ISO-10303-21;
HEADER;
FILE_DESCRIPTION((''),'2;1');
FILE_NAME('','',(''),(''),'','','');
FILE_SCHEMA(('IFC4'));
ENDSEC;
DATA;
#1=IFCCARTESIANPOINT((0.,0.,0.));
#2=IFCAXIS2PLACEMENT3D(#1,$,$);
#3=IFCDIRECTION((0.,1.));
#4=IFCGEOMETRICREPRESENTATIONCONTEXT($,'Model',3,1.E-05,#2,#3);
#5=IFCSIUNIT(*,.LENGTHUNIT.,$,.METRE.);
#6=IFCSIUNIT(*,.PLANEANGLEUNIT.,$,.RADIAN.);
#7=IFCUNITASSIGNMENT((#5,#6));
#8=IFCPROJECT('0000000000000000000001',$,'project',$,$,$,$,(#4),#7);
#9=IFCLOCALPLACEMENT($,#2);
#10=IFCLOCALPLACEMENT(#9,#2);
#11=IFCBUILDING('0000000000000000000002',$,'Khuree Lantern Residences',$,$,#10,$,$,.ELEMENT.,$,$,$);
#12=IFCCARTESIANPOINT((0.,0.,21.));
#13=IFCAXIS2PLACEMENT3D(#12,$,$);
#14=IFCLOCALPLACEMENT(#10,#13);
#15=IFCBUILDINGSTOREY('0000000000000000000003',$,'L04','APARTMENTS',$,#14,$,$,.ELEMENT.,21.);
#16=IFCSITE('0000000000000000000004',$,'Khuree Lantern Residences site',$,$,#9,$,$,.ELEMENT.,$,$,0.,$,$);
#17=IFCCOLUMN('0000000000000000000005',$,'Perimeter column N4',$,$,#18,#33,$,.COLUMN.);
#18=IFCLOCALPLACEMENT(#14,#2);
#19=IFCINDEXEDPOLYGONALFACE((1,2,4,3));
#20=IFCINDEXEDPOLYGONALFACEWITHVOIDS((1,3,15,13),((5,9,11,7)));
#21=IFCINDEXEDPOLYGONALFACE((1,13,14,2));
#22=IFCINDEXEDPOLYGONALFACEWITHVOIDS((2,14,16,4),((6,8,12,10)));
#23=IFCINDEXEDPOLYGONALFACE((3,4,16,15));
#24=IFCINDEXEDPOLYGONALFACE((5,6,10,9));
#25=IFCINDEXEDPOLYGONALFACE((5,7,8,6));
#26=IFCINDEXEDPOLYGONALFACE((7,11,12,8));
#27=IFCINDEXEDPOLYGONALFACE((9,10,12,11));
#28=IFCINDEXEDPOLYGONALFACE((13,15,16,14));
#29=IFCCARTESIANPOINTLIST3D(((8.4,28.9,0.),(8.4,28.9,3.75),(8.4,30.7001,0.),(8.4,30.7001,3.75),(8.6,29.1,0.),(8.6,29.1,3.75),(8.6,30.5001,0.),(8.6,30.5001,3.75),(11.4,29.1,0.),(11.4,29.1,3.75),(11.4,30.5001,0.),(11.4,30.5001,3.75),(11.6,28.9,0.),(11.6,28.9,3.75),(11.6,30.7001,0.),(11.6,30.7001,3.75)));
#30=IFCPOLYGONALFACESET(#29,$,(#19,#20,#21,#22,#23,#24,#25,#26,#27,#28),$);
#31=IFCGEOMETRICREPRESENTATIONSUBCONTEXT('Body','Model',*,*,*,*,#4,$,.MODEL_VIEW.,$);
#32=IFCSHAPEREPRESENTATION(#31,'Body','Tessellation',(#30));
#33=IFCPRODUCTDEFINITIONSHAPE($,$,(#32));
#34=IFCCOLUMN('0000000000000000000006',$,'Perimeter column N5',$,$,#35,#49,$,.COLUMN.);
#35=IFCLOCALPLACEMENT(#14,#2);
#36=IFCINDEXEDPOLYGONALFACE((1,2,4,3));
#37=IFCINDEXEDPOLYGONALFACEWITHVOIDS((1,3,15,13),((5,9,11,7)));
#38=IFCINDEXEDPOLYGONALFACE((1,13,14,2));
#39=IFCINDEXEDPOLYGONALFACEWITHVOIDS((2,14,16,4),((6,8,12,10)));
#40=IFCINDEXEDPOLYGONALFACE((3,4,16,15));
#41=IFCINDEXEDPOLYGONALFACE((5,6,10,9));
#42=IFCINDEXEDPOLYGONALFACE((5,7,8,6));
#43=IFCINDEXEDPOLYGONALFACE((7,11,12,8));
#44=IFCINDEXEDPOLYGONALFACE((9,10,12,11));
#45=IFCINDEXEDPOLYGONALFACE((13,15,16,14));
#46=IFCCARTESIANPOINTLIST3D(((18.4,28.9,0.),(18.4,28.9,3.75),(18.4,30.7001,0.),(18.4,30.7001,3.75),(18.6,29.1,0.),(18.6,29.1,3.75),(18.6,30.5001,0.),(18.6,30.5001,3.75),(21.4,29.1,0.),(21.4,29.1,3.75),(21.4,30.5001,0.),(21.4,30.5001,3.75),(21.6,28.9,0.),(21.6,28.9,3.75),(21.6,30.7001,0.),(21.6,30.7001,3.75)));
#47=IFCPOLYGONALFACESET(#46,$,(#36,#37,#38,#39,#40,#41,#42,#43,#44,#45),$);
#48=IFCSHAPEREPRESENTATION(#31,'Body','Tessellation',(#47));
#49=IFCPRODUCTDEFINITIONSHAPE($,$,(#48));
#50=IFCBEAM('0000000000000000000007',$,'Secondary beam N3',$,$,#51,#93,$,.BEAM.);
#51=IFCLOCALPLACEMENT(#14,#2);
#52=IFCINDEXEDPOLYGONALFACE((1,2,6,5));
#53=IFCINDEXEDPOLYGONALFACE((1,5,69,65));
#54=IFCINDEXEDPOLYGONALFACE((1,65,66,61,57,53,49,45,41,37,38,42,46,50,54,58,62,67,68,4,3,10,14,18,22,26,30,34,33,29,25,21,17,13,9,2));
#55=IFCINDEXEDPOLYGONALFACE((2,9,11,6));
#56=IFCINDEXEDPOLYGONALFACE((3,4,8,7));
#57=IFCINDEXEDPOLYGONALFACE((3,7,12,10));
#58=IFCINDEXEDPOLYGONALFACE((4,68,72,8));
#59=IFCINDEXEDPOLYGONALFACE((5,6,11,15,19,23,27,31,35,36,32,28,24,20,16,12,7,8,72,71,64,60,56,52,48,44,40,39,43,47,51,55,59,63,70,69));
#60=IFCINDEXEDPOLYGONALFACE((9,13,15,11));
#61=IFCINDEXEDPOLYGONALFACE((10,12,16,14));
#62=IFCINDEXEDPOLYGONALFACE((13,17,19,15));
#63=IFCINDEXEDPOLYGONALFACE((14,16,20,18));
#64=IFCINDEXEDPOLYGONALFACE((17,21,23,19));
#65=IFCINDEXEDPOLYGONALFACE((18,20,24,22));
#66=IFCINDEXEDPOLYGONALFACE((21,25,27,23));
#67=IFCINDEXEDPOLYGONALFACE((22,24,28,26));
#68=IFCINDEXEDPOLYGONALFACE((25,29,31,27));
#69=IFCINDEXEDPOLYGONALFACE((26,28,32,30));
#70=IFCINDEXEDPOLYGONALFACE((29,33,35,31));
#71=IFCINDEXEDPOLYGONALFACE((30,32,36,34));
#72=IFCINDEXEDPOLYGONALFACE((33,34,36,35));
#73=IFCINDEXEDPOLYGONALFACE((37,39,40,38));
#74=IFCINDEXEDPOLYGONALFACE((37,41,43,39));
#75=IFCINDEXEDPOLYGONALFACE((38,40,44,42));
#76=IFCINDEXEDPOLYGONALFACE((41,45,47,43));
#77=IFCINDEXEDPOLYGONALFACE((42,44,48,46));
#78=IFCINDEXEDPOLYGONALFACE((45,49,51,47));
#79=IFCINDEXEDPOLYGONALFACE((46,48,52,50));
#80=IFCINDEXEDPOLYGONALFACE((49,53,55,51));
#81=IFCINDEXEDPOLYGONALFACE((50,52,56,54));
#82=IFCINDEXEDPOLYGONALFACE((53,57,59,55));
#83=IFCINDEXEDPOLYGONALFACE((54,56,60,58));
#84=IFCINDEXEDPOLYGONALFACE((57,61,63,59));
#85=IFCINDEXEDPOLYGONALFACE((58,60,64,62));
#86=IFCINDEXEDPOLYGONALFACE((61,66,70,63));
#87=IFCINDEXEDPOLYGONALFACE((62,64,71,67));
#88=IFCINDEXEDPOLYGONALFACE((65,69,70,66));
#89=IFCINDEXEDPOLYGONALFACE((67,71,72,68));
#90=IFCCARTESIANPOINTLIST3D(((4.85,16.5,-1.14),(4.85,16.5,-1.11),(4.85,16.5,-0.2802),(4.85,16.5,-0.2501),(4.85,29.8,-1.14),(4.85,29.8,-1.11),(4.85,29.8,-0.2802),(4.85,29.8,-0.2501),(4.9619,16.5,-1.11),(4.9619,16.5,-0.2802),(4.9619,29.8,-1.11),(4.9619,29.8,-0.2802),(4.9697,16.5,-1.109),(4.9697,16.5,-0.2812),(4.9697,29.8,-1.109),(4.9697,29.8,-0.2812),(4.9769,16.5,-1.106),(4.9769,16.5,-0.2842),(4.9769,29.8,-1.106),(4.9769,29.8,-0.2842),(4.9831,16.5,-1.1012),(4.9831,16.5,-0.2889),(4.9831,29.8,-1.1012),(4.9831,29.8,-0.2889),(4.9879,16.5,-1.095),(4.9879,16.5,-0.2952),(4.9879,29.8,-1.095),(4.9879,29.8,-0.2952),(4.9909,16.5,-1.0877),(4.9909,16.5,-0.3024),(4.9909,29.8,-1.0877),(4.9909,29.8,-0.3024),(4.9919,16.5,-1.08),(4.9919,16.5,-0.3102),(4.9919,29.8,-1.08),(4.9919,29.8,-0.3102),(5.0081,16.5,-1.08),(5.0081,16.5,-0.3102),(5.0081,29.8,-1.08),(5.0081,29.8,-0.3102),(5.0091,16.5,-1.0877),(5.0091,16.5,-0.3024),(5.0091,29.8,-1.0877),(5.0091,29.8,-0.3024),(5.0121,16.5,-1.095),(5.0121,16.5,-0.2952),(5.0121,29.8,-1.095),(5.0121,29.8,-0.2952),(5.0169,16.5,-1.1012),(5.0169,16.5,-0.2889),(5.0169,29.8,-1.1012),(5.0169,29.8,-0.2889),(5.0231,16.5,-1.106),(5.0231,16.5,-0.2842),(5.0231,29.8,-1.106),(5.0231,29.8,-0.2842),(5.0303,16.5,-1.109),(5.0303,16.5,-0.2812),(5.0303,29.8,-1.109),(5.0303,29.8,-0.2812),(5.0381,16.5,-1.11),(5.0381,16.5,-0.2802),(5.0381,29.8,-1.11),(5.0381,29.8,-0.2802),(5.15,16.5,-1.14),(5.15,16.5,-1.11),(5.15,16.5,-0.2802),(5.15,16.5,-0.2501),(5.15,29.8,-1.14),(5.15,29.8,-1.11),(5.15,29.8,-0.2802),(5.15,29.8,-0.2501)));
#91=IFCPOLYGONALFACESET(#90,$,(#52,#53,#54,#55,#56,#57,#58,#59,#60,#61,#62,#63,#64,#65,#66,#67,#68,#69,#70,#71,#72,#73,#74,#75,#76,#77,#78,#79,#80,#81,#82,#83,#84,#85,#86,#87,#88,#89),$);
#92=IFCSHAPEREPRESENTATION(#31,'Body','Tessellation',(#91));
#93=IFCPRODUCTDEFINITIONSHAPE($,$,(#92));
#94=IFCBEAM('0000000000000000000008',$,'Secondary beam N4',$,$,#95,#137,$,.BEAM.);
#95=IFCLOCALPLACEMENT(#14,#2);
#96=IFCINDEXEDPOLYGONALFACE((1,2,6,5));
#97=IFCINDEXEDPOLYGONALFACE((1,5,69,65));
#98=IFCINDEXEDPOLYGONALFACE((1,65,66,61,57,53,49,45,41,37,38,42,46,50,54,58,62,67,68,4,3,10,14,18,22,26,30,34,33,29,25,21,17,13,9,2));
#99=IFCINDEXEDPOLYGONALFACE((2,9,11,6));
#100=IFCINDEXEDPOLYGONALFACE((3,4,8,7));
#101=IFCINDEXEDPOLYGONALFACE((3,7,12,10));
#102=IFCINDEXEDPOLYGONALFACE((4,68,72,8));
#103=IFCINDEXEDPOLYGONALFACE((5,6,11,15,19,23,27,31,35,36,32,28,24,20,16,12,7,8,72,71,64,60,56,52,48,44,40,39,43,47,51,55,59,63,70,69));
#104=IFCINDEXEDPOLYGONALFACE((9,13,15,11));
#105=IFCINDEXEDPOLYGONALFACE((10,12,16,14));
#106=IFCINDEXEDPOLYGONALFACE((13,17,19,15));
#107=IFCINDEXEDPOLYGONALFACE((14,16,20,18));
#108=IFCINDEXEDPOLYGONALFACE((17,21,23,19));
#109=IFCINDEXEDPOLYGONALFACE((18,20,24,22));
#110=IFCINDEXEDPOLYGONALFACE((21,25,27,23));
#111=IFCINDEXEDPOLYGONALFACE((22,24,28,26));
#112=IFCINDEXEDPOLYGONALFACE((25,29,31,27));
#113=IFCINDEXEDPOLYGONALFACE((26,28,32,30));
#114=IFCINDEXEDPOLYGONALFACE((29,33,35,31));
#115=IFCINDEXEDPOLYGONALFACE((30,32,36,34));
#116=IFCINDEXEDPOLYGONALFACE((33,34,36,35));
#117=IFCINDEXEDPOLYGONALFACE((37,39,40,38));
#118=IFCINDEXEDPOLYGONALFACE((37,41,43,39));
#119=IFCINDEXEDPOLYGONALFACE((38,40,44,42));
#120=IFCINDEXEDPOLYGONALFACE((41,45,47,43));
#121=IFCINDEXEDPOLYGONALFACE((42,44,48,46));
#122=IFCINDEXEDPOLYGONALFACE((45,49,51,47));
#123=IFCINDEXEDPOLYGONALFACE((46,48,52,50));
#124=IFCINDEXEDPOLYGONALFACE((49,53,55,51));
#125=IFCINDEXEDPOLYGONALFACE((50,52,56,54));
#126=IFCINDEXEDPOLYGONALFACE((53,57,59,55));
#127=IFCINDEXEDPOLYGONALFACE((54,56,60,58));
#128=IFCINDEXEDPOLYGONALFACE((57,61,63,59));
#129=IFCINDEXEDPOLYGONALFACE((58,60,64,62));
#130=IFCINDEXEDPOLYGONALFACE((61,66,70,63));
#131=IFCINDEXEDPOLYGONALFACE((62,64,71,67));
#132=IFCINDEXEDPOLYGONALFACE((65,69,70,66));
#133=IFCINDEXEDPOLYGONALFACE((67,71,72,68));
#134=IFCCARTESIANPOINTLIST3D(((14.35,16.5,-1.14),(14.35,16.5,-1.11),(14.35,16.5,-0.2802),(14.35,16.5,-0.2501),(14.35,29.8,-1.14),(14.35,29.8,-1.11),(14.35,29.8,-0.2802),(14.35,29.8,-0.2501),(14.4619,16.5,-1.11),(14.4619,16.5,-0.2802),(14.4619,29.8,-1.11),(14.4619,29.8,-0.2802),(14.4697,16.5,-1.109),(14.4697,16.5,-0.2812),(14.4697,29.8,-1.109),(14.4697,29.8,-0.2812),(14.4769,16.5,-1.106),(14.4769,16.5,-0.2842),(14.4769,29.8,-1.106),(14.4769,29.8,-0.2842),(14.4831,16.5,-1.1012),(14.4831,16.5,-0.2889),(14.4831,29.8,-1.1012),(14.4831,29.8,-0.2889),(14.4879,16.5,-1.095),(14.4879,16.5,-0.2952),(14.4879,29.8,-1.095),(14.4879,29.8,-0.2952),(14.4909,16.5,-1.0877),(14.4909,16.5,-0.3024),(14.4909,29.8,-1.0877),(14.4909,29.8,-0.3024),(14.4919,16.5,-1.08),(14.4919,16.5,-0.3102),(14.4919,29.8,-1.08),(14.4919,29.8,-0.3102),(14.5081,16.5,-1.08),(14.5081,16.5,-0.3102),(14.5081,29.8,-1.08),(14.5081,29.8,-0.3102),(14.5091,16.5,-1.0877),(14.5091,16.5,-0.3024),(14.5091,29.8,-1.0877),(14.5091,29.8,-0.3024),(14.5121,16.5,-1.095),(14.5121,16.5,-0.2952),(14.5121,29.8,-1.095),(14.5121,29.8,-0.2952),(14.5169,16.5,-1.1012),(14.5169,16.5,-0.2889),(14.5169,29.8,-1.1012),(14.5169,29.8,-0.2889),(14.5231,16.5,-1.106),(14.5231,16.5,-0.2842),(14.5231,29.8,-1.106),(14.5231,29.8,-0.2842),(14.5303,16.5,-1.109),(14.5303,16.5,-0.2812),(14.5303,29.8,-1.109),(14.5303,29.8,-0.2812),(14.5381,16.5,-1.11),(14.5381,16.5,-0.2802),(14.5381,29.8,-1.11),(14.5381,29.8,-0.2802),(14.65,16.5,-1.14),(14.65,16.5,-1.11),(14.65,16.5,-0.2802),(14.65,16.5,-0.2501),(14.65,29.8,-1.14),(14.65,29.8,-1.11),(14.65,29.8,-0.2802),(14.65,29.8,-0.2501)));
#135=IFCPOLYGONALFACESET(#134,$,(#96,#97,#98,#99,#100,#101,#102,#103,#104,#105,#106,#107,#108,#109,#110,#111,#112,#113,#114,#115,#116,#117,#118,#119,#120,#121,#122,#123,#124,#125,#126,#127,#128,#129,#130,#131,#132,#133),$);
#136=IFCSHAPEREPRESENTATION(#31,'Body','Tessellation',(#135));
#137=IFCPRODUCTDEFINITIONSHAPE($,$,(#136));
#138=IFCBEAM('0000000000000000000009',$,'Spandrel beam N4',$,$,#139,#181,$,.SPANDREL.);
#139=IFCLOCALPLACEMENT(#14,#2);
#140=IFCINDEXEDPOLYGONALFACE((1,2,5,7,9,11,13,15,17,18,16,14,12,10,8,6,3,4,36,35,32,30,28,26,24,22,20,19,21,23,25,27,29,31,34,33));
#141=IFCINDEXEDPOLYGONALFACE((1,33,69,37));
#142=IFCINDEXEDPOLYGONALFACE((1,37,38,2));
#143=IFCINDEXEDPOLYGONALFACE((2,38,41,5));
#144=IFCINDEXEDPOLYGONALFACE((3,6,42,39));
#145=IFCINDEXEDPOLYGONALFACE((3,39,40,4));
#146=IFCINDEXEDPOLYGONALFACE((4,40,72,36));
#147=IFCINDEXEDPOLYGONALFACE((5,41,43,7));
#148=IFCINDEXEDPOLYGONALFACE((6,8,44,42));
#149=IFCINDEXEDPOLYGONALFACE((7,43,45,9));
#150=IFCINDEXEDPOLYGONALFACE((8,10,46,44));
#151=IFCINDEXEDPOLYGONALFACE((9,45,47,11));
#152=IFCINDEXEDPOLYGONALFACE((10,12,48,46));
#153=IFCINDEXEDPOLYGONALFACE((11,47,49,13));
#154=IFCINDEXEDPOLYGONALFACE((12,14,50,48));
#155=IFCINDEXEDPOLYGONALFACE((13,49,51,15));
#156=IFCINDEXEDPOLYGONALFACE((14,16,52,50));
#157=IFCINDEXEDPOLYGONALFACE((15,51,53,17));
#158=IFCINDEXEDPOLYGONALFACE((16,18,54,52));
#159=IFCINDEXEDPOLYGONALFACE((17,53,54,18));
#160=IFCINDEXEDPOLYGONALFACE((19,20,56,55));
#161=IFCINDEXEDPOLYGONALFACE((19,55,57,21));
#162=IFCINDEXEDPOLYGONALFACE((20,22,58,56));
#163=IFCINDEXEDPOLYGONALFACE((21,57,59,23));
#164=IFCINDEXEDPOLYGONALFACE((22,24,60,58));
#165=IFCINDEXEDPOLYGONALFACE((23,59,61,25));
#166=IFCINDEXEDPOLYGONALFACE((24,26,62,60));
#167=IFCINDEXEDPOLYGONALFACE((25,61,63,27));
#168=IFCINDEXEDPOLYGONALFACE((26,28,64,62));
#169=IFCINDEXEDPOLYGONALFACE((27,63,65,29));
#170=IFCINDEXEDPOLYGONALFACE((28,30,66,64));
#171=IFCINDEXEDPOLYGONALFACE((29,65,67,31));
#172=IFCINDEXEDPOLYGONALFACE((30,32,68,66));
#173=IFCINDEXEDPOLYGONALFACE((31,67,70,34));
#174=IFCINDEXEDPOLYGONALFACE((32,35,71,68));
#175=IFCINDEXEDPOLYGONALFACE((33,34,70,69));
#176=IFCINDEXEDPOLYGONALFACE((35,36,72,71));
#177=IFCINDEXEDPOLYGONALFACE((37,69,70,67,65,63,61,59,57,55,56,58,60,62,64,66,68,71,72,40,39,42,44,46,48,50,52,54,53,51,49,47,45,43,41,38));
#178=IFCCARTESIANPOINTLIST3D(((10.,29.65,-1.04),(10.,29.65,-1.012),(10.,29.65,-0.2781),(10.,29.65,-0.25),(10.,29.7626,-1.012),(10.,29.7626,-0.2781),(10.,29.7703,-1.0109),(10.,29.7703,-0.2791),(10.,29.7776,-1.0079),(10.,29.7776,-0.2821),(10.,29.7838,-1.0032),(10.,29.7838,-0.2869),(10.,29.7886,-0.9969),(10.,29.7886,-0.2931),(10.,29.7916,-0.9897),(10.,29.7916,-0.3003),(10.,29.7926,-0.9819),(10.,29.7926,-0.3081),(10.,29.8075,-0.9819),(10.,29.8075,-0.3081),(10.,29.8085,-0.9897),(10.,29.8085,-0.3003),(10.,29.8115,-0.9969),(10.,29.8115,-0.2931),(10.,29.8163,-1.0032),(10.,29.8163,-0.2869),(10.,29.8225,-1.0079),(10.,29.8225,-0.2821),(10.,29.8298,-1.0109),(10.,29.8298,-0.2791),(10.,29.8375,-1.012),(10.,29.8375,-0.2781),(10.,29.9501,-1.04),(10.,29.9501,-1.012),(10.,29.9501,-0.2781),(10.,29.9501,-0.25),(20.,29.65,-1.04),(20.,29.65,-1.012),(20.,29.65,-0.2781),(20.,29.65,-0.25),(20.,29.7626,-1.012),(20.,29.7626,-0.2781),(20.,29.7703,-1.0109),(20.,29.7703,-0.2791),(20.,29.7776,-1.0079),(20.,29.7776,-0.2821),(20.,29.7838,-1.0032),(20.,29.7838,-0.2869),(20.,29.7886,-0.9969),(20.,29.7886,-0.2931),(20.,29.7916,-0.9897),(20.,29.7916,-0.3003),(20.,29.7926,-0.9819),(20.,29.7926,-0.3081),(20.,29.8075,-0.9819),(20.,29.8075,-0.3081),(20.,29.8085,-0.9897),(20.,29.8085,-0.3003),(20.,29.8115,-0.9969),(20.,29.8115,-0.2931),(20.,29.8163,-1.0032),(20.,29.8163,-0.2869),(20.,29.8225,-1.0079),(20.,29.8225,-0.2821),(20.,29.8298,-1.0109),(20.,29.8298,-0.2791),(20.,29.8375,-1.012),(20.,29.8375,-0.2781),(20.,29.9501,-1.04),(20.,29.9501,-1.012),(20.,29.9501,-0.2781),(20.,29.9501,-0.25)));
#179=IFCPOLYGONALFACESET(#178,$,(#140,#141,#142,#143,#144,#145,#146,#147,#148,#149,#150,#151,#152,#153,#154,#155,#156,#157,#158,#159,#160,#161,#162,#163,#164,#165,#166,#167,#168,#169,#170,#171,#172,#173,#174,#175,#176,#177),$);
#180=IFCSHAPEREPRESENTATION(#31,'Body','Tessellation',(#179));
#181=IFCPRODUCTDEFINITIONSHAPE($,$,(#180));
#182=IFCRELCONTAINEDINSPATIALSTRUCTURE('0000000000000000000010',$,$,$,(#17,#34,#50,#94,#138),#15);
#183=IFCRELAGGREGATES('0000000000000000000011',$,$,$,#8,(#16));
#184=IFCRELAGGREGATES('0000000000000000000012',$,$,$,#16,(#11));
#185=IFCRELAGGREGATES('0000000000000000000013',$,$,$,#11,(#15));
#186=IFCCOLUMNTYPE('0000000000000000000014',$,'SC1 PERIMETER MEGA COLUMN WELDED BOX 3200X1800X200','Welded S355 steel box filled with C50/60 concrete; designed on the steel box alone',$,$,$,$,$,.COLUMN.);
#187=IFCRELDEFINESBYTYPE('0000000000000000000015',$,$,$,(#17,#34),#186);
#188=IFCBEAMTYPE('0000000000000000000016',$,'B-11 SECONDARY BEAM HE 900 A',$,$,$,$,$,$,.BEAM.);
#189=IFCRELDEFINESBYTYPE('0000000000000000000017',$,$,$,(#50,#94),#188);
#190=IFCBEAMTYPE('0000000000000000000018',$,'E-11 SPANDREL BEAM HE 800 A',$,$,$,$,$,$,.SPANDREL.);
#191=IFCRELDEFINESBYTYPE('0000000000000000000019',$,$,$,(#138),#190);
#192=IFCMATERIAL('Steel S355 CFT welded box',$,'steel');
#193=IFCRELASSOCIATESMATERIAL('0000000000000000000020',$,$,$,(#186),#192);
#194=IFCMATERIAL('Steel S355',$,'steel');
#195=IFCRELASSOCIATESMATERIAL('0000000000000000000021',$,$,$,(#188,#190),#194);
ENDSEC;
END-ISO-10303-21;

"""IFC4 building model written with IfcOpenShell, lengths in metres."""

from ifc_helpers import new_model, si_unit, direction, frame, origin, origin_2d, place, context, subcontext, project, spatial, hollow_rectangle, i_section, extrude, material, material_profile, profile_set, type_object, element, save


model = new_model("IFC4")

# Units and contexts
model_context = context("Model", 3, precision=1e-05, world=origin(), true_north=direction((0.0, 1.0)))
body_context = subcontext(model_context, "Body", "Model", "MODEL_VIEW")
ifc_project = project(units=[si_unit("LENGTHUNIT", "METRE"), si_unit("PLANEANGLEUNIT", "RADIAN")], contexts=[model_context])

# Site, building, storey
site_placement = place(None, origin())
site = spatial("IfcSite", under=ifc_project, at=site_placement, Name="Khuree Lantern Residences site", CompositionType="ELEMENT", RefElevation=0.0)
building_placement = place(site_placement, origin())
building = spatial("IfcBuilding", under=site, at=building_placement, Name="Khuree Lantern Residences", CompositionType="ELEMENT")
storey_placement = place(building_placement, frame((0.0, 0.0, 21.0)))
storey = spatial("IfcBuildingStorey", under=building, at=storey_placement, Name="L04", Description="APARTMENTS", CompositionType="ELEMENT", Elevation=21.0)

# Columns
ifc_material_1 = material(Name="Steel S355 CFT welded box", Category="steel")
ifc_material_profile_1 = material_profile(ifc_material_1, hollow_rectangle(XDim=3.2, YDim=1.8, WallThickness=0.2, at=origin_2d()), Name="WELDED BOX 3200X1800X200")
ifc_profile_set_1 = profile_set([ifc_material_profile_1], Name="Steel S355 CFT welded box")
column_type = type_object("IfcColumnType", Name="SC1 PERIMETER MEGA COLUMN WELDED BOX 3200X1800X200", Description="Welded S355 steel box filled with C50/60 concrete; designed on the steel box alone", PredefinedType="COLUMN", material=ifc_profile_set_1)
for number, where, z_axis, x_axis, name in (
    (1, (10.0, 29.8, 0.0), (0.0, 0.0, 1.0), (1.0, 0.0, 0.0), "Perimeter column N4"),
    (2, (20.0, 29.8, 0.0), (0.0, 0.0, 1.0), (1.0, 0.0, 0.0), "Perimeter column N5"),
):
    element("IfcColumn", number, at=place(storey_placement, frame(where, z_axis=z_axis, x_axis=x_axis)), inside=storey, type_object=column_type, Name=name, PredefinedType="COLUMN", context=body_context, shape_type="SweptSolid", body=[
        extrude(hollow_rectangle(XDim=3.2, YDim=1.8, WallThickness=0.2, at=origin_2d()), origin(), (0.0, 0.0, 1.0), 3.75),
    ])

# Beams
ifc_material_2 = material(Name="Steel S355", Category="steel")
ifc_material_profile_2 = material_profile(ifc_material_2, i_section(OverallWidth=0.3, OverallDepth=0.8899, WebThickness=0.0161, FlangeThickness=0.03, FilletRadius=0.03, at=origin_2d()), Name="HE 900 A")
ifc_profile_set_2 = profile_set([ifc_material_profile_2], Name="Steel S355")
beam_type_1 = type_object("IfcBeamType", Name="B-11 SECONDARY BEAM HE 900 A", PredefinedType="BEAM", material=ifc_profile_set_2)
for number, where, z_axis, x_axis, name in (
    (3, (5.0, 29.8, -0.6951), (0.0, -1.0, 0.0), (1.0, 0.0, 0.0), "Secondary beam N3"),
    (4, (14.5, 29.8, -0.6951), (0.0, -1.0, 0.0), (1.0, 0.0, 0.0), "Secondary beam N4"),
):
    element("IfcBeam", number, at=place(storey_placement, frame(where, z_axis=z_axis, x_axis=x_axis)), inside=storey, type_object=beam_type_1, Name=name, PredefinedType="BEAM", context=body_context, shape_type="SweptSolid", body=[
        extrude(i_section(OverallWidth=0.3, OverallDepth=0.8899, WebThickness=0.0161, FlangeThickness=0.03, FilletRadius=0.03, at=origin_2d()), origin(), (0.0, 0.0, 1.0), 13.3),
    ])
ifc_material_profile_3 = material_profile(ifc_material_2, i_section(OverallWidth=0.3, OverallDepth=0.79, WebThickness=0.0149, FlangeThickness=0.0281, FilletRadius=0.03, at=origin_2d()), Name="HE 800 A")
ifc_profile_set_3 = profile_set([ifc_material_profile_3], Name="Steel S355")
beam_type_2 = type_object("IfcBeamType", Name="E-11 SPANDREL BEAM HE 800 A", PredefinedType="SPANDREL", material=ifc_profile_set_3)
beam_1_placement = place(storey_placement, frame((10.0, 29.8, -0.645), z_axis=(1.0, 0.0, 0.0), x_axis=(0.0, 1.0, 0.0)))
element("IfcBeam", 5, at=beam_1_placement, inside=storey, type_object=beam_type_2, Name="Spandrel beam N4", PredefinedType="SPANDREL", context=body_context, shape_type="SweptSolid", body=[
    extrude(i_section(OverallWidth=0.3, OverallDepth=0.79, WebThickness=0.0149, FlangeThickness=0.0281, FilletRadius=0.03, at=origin_2d()), origin(), (0.0, 0.0, 1.0), 10.0),
])

save(model, "model.ifc")
